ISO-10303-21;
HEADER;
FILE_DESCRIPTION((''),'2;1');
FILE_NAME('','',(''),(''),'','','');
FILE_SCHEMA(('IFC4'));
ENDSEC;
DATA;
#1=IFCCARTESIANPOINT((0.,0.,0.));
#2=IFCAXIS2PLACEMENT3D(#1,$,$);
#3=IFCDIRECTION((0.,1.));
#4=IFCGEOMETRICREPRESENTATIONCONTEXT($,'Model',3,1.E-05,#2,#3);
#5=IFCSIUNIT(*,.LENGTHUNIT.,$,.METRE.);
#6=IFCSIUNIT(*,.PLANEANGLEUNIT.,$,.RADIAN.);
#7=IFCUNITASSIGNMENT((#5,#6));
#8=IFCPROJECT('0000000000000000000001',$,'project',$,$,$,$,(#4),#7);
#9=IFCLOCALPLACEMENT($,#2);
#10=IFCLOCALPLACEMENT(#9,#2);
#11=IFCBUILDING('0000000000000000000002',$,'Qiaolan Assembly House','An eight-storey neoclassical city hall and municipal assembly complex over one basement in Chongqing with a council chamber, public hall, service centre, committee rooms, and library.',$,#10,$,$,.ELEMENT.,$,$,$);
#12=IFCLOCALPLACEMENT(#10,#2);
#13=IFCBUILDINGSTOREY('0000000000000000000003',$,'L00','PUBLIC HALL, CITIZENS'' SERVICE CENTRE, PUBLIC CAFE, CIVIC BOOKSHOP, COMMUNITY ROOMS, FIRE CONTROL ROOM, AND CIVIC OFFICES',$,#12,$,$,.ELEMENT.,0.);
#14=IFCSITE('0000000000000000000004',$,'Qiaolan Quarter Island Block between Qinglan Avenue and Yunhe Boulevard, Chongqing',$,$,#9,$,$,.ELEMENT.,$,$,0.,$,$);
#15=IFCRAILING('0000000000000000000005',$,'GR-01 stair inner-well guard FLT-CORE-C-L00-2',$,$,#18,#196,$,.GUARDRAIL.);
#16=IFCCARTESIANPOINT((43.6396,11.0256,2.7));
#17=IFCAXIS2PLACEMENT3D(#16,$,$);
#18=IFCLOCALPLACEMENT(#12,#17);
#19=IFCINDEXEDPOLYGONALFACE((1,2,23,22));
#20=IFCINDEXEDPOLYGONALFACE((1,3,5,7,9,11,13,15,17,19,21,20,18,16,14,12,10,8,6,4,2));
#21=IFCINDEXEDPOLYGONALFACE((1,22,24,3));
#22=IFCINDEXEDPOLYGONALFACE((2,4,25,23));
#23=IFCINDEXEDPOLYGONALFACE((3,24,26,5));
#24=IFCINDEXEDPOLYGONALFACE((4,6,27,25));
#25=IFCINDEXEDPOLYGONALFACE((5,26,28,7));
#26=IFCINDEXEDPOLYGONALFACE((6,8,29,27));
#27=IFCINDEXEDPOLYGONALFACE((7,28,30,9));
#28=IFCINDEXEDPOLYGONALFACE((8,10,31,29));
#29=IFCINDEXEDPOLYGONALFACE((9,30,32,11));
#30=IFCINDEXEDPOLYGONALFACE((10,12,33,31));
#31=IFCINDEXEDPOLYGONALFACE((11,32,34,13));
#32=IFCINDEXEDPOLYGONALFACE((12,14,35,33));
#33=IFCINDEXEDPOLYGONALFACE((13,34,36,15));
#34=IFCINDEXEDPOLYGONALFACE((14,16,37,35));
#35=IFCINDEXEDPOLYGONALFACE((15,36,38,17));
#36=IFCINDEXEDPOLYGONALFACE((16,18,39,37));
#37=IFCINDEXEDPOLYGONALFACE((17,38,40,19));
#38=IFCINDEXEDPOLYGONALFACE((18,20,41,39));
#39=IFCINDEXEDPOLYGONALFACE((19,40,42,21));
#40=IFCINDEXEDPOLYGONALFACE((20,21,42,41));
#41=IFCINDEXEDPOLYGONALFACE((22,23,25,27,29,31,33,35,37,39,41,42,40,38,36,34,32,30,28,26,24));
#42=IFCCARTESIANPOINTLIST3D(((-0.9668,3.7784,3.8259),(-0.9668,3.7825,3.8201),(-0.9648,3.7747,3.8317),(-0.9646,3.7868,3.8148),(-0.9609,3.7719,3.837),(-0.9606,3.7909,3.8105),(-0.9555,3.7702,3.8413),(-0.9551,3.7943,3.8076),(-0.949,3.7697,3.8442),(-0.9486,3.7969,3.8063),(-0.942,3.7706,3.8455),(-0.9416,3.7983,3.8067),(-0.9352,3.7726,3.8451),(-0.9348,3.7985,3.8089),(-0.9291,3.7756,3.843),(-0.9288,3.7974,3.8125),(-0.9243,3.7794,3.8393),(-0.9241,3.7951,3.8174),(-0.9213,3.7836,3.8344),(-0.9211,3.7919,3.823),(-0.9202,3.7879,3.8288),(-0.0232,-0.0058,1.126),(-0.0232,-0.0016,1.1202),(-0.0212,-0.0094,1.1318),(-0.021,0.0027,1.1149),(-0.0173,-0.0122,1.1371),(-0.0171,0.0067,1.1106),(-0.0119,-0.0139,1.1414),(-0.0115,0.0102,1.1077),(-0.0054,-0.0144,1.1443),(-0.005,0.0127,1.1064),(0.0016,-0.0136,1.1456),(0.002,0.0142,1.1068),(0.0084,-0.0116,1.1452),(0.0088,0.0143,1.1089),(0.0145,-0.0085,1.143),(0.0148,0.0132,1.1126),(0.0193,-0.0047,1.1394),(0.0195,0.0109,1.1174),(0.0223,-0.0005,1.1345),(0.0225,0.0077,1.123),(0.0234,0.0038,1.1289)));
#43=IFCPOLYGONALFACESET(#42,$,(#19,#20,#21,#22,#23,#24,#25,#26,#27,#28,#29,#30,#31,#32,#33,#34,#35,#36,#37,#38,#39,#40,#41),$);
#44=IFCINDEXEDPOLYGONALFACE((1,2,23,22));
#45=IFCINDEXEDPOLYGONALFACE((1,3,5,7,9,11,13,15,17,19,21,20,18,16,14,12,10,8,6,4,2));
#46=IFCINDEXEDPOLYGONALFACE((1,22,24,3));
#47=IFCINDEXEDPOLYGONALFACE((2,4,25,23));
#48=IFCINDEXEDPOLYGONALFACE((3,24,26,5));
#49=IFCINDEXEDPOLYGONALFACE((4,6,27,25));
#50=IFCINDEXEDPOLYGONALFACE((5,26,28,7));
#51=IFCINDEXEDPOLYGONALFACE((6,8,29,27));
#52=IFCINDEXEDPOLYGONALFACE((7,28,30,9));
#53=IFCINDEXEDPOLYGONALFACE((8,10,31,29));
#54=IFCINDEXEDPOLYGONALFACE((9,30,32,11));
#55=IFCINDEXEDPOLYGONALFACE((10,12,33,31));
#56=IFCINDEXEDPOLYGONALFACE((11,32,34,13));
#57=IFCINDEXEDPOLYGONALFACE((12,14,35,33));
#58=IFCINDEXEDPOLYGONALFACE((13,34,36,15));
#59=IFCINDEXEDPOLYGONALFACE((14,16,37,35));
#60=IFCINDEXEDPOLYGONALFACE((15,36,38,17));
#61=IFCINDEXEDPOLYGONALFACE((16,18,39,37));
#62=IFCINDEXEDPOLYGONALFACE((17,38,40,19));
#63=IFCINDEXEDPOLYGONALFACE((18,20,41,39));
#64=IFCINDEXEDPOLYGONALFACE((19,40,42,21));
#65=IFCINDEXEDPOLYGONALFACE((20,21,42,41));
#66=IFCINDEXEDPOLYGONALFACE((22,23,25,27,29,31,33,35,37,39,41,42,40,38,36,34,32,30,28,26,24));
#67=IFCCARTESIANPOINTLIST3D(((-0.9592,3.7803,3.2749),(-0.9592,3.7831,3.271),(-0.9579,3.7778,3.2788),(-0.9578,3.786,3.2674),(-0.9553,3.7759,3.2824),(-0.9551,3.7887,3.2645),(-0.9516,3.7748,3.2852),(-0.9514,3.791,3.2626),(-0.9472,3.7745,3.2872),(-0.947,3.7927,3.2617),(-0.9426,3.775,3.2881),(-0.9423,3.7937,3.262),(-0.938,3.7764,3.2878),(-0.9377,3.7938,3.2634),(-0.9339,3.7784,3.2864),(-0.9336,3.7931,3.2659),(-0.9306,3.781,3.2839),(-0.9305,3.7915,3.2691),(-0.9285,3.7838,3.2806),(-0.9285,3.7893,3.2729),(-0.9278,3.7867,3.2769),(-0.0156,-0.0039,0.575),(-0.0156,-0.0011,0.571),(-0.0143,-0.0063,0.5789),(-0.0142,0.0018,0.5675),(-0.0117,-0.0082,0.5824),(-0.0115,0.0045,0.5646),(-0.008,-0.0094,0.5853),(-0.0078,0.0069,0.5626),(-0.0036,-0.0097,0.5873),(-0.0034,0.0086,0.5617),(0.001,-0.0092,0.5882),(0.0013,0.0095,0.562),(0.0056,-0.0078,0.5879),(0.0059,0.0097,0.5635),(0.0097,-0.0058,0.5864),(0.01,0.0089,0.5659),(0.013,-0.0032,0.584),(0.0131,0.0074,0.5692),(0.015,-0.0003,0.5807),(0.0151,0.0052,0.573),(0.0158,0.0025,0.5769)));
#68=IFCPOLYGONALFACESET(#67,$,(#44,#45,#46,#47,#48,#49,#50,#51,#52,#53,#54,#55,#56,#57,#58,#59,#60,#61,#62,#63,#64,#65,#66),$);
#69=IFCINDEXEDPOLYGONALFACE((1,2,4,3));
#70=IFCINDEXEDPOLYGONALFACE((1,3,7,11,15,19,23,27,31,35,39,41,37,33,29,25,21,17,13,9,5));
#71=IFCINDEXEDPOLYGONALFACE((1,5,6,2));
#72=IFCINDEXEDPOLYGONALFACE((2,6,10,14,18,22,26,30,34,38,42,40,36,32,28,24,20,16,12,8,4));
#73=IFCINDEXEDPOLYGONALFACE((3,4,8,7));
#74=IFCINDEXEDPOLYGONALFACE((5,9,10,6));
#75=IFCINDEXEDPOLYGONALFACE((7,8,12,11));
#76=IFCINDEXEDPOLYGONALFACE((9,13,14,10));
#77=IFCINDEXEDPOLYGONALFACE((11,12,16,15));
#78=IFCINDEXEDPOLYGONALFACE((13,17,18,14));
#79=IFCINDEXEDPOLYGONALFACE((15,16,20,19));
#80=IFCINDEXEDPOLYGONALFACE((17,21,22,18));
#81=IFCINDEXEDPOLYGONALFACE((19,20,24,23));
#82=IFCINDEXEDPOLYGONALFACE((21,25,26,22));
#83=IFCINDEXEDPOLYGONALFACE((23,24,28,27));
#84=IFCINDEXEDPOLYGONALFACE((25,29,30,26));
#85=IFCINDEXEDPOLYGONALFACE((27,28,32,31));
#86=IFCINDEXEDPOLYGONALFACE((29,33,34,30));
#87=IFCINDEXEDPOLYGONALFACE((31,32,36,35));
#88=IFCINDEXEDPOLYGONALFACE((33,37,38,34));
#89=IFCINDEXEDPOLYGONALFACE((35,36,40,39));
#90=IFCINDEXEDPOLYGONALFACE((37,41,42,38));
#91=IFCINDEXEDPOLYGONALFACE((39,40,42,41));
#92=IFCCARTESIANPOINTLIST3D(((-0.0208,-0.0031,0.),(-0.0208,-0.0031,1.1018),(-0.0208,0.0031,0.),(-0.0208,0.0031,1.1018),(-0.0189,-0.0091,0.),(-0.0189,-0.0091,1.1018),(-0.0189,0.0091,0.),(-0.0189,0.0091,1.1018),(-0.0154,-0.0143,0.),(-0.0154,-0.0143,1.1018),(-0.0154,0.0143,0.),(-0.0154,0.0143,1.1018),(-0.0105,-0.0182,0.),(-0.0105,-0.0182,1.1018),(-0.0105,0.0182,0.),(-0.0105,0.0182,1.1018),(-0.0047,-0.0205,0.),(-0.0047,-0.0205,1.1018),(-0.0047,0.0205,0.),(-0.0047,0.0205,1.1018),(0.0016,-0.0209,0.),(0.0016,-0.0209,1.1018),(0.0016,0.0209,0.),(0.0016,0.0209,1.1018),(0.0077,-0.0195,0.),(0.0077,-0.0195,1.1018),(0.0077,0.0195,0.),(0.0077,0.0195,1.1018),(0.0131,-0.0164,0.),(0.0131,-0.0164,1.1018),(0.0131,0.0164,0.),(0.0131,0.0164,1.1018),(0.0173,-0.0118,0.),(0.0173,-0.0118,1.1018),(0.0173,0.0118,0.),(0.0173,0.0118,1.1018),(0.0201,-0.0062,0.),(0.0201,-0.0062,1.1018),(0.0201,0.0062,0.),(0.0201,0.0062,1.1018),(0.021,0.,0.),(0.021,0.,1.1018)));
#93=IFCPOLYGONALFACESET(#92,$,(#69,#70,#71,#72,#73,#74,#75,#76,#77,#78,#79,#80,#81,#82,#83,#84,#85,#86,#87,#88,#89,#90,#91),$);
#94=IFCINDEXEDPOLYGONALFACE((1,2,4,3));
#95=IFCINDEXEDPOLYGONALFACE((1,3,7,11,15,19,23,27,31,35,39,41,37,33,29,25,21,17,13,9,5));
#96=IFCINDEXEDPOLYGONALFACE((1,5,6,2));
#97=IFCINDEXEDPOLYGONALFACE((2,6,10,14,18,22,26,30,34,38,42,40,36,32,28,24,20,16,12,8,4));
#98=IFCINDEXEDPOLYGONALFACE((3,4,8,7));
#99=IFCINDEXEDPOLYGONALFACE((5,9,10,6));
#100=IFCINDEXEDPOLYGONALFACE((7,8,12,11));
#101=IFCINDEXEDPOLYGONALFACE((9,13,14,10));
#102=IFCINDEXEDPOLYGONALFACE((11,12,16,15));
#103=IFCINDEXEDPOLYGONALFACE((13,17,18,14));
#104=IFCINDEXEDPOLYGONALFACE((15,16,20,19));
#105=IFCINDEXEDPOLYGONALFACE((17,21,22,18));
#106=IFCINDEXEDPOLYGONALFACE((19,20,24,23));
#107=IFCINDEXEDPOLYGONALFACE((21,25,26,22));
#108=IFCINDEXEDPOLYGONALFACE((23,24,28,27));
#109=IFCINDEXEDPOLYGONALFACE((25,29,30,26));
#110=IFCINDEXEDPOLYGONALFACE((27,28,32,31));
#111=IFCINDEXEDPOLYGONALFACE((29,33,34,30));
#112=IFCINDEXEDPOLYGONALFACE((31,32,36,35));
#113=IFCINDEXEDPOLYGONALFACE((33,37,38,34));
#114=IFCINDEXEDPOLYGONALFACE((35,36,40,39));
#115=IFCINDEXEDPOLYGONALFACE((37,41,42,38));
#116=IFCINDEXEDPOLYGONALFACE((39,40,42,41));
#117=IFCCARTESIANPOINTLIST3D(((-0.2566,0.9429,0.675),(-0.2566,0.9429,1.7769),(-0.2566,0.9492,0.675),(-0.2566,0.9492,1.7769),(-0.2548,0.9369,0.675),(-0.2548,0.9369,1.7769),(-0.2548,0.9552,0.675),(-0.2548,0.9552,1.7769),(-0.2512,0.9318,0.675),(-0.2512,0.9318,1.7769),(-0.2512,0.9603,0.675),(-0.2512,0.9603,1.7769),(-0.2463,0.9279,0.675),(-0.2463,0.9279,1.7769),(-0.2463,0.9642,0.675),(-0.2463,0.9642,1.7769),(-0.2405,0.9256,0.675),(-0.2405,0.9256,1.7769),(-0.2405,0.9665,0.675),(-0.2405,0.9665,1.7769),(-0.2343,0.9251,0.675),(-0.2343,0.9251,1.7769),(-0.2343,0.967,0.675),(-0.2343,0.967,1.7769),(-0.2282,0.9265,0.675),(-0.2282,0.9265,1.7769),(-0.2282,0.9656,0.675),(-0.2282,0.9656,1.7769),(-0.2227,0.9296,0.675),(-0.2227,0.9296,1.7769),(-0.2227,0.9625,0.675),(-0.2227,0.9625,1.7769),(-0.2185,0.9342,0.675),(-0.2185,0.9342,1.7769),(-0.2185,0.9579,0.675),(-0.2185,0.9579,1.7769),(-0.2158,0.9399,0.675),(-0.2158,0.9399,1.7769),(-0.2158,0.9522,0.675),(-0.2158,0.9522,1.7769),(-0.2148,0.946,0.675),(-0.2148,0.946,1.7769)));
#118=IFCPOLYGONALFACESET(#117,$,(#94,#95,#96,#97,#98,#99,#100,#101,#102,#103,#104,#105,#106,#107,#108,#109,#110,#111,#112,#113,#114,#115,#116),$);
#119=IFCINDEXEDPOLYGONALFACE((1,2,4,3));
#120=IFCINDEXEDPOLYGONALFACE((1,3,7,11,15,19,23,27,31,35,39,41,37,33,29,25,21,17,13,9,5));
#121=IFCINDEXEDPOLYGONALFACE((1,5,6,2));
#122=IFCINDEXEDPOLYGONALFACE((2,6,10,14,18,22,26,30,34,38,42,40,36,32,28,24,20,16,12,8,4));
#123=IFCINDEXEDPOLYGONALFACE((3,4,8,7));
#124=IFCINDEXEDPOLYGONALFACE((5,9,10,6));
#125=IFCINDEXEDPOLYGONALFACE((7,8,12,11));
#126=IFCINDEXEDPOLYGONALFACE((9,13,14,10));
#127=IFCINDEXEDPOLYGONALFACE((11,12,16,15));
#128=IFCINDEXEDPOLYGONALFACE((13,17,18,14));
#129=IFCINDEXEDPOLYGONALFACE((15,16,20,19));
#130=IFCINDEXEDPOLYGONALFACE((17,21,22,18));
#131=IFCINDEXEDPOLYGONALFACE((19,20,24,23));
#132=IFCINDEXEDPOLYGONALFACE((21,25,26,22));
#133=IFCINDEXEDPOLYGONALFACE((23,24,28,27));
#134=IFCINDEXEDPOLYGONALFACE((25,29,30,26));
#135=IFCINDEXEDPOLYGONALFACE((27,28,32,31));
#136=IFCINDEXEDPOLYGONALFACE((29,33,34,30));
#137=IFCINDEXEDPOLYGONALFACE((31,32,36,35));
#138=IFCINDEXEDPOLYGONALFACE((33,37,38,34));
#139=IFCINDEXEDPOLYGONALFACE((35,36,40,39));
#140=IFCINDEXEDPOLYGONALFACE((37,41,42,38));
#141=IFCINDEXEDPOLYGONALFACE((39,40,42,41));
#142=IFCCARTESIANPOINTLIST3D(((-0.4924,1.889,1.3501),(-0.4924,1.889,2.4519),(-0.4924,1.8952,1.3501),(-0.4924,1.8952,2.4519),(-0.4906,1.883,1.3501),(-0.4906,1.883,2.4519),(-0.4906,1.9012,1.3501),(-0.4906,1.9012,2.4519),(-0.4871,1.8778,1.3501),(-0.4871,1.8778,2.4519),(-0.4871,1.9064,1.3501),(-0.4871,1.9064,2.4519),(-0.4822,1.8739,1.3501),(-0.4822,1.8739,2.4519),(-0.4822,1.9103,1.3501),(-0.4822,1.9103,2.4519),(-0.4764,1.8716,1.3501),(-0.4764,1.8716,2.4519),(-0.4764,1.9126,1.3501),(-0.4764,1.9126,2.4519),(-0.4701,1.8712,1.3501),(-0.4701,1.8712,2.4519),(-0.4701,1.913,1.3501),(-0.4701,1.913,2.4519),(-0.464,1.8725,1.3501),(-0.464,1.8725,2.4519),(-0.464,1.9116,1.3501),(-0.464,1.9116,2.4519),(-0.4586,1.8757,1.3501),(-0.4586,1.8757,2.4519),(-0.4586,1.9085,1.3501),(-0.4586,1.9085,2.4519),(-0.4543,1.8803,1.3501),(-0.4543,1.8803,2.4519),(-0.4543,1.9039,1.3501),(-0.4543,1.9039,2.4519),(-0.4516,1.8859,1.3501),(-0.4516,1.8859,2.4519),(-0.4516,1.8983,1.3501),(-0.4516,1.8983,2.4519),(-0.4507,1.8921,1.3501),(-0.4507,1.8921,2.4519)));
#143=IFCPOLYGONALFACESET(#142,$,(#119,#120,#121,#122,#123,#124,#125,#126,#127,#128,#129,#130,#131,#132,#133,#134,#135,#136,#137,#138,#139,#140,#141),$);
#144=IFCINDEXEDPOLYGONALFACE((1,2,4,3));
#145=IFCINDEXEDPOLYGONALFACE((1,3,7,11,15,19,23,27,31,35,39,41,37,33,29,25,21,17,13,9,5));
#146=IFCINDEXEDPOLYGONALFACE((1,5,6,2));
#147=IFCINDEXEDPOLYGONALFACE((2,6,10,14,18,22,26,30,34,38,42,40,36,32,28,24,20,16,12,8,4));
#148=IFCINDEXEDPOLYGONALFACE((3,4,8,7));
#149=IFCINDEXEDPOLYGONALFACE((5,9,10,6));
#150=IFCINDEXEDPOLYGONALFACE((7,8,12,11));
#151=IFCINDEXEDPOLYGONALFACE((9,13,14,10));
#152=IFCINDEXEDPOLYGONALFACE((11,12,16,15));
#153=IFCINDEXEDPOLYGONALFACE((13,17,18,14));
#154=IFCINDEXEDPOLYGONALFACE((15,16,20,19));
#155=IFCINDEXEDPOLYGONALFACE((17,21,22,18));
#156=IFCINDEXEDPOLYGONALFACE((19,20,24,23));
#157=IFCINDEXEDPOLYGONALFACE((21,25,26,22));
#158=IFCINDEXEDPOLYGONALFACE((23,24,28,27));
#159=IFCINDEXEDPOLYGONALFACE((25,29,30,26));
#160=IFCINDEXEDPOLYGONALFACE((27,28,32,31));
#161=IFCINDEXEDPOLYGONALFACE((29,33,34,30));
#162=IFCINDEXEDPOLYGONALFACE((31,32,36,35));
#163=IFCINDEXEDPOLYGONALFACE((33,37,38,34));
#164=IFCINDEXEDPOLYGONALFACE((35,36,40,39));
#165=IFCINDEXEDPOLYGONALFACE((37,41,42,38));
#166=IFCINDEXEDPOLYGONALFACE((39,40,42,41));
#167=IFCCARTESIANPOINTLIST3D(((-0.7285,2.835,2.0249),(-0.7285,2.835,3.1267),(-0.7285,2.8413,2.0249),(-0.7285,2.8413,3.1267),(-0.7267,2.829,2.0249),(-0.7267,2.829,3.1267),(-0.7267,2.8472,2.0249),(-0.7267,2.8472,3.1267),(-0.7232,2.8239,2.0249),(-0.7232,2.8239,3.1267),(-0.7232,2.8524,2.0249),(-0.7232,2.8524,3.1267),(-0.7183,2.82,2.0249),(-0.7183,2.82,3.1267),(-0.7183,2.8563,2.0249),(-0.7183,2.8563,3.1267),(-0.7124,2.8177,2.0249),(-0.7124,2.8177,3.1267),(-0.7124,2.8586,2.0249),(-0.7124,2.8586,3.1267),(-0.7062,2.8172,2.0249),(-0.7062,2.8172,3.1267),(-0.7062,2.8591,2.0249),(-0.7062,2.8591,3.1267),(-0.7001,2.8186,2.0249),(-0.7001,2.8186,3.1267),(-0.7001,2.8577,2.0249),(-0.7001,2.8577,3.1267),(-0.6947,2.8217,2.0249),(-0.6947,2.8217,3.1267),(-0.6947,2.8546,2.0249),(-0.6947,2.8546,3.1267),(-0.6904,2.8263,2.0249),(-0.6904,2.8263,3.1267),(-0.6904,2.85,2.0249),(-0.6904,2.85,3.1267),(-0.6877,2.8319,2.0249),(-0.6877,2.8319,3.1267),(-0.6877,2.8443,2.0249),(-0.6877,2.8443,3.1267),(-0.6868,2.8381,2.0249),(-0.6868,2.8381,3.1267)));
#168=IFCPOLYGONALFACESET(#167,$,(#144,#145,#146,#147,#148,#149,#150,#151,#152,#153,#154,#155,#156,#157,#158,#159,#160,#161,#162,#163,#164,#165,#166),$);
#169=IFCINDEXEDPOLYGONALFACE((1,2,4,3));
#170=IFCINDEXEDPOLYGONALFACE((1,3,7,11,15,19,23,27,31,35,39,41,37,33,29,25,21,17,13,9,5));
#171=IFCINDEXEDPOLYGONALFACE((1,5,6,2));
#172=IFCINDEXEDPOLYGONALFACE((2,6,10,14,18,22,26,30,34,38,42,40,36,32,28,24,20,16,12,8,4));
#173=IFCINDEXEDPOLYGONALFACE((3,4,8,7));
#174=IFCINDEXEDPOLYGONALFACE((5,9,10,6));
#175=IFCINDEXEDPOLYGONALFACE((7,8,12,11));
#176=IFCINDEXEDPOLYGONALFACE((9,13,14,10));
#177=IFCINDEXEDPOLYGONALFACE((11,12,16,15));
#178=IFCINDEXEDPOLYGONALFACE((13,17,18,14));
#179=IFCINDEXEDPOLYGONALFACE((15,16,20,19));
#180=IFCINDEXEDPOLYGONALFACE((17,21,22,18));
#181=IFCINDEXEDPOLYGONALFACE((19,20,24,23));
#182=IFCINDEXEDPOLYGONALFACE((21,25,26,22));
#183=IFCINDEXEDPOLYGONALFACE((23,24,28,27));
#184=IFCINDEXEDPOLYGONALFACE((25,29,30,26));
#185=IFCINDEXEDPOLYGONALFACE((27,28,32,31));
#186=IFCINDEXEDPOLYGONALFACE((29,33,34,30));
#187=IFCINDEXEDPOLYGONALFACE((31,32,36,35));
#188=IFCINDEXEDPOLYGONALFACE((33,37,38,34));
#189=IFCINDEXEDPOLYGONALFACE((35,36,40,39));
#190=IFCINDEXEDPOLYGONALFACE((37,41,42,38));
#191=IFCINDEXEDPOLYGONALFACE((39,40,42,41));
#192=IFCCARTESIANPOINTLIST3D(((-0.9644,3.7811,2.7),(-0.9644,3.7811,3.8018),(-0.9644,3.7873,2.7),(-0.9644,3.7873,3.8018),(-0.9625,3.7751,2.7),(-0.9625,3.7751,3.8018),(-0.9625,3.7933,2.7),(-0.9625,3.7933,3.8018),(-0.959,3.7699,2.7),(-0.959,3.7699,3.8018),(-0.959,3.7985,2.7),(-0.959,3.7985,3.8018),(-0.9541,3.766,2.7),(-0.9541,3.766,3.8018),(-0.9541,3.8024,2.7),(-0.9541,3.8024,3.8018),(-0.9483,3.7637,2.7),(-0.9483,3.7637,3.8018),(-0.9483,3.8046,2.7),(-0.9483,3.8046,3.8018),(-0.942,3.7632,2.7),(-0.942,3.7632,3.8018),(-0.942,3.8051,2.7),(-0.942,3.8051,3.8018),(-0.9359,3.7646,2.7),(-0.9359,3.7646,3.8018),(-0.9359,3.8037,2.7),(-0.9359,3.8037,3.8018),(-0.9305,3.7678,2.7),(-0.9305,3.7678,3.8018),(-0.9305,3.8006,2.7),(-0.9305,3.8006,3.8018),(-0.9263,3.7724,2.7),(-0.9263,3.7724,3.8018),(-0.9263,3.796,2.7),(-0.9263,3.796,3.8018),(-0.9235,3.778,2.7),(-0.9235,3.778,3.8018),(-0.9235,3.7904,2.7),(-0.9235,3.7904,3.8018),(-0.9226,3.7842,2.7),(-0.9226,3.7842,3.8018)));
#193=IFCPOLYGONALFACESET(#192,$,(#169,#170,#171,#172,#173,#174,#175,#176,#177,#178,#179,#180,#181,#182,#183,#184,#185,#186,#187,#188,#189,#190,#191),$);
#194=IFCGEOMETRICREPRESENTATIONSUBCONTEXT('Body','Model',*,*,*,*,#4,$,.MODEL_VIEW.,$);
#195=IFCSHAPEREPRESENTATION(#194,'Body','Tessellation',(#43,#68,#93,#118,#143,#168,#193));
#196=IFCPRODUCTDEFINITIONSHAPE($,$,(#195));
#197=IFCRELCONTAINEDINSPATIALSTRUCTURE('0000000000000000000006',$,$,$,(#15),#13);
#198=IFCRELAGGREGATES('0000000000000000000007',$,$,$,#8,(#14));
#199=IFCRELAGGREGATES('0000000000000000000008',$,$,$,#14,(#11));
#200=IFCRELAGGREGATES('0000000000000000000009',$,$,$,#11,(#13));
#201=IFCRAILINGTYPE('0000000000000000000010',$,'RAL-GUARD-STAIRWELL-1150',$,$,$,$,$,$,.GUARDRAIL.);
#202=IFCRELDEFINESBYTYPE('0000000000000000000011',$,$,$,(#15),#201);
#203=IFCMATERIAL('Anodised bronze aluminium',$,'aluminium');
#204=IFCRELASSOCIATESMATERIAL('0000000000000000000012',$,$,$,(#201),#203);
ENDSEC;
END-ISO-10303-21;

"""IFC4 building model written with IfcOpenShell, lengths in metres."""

from ifc_helpers import new_model, si_unit, direction, frame, origin, origin_2d, place, context, subcontext, project, spatial, circle, extrude, material, type_object, element, save


model = new_model("IFC4")

# Units and contexts
model_context = context("Model", 3, precision=1e-05, world=origin(), true_north=direction((0.0, 1.0)))
body_context = subcontext(model_context, "Body", "Model", "MODEL_VIEW")
ifc_project = project(units=[si_unit("LENGTHUNIT", "METRE"), si_unit("PLANEANGLEUNIT", "RADIAN")], contexts=[model_context])

# Site, building, storey
site_placement = place(None, origin())
site = spatial("IfcSite", under=ifc_project, at=site_placement, Name="Qiaolan Quarter Island Block between Qinglan Avenue and Yunhe Boulevard, Chongqing", CompositionType="ELEMENT", RefElevation=0.0)
building_placement = place(site_placement, origin())
building = spatial("IfcBuilding", under=site, at=building_placement, Name="Qiaolan Assembly House", Description="An eight-storey neoclassical city hall and municipal assembly complex over one basement in Chongqing with a council chamber, public hall, service centre, committee rooms, and library.", CompositionType="ELEMENT")
storey_placement = place(building_placement, origin())
storey = spatial("IfcBuildingStorey", under=building, at=storey_placement, Name="L00", Description="PUBLIC HALL, CITIZENS' SERVICE CENTRE, PUBLIC CAFE, CIVIC BOOKSHOP, COMMUNITY ROOMS, FIRE CONTROL ROOM, AND CIVIC OFFICES", CompositionType="ELEMENT", Elevation=0.0)

# Railing
ifc_material_1 = material(Name="Anodised bronze aluminium", Category="aluminium")
railing_type_1 = type_object("IfcRailingType", Name="RAL-GUARD-STAIRWELL-1150", PredefinedType="GUARDRAIL", material=ifc_material_1)
railing_1_placement = place(storey_placement, frame((43.6396, 11.0256, 2.7)))
element("IfcRailing", 1, at=railing_1_placement, inside=storey, type_object=railing_type_1, Name="GR-01 stair inner-well guard FLT-CORE-C-L00-2", PredefinedType="GUARDRAIL", context=body_context, shape_type="SweptSolid", body=[
    extrude(circle(Radius=0.0239, at=origin_2d()), frame((0.0, 0.0, 1.126), z_axis=(-0.198928, 0.797773, 0.569198), x_axis=(-0.97029, -0.241946, 0.0)), (0.0, 0.0, 1.0), 4.7434),
    extrude(circle(Radius=0.0161, at=origin_2d()), frame((0.0, 0.0, 0.575), z_axis=(-0.198928, 0.797773, 0.569198), x_axis=(-0.97029, -0.241946, 0.0)), (0.0, 0.0, 1.0), 4.7434),
    extrude(circle(Radius=0.021, at=origin_2d()), origin(), (0.0, 0.0, 1.0), 1.1018),
    extrude(circle(Radius=0.021, at=origin_2d()), frame((-0.2358, 0.946, 0.675)), (0.0, 0.0, 1.0), 1.1018),
    extrude(circle(Radius=0.021, at=origin_2d()), frame((-0.4717, 1.8921, 1.3501)), (0.0, 0.0, 1.0), 1.1018),
    extrude(circle(Radius=0.021, at=origin_2d()), frame((-0.7078, 2.8381, 2.0249)), (0.0, 0.0, 1.0), 1.1018),
    extrude(circle(Radius=0.021, at=origin_2d()), frame((-0.9436, 3.7842, 2.7)), (0.0, 0.0, 1.0), 1.1018),
])

save(model, "model.ifc")
